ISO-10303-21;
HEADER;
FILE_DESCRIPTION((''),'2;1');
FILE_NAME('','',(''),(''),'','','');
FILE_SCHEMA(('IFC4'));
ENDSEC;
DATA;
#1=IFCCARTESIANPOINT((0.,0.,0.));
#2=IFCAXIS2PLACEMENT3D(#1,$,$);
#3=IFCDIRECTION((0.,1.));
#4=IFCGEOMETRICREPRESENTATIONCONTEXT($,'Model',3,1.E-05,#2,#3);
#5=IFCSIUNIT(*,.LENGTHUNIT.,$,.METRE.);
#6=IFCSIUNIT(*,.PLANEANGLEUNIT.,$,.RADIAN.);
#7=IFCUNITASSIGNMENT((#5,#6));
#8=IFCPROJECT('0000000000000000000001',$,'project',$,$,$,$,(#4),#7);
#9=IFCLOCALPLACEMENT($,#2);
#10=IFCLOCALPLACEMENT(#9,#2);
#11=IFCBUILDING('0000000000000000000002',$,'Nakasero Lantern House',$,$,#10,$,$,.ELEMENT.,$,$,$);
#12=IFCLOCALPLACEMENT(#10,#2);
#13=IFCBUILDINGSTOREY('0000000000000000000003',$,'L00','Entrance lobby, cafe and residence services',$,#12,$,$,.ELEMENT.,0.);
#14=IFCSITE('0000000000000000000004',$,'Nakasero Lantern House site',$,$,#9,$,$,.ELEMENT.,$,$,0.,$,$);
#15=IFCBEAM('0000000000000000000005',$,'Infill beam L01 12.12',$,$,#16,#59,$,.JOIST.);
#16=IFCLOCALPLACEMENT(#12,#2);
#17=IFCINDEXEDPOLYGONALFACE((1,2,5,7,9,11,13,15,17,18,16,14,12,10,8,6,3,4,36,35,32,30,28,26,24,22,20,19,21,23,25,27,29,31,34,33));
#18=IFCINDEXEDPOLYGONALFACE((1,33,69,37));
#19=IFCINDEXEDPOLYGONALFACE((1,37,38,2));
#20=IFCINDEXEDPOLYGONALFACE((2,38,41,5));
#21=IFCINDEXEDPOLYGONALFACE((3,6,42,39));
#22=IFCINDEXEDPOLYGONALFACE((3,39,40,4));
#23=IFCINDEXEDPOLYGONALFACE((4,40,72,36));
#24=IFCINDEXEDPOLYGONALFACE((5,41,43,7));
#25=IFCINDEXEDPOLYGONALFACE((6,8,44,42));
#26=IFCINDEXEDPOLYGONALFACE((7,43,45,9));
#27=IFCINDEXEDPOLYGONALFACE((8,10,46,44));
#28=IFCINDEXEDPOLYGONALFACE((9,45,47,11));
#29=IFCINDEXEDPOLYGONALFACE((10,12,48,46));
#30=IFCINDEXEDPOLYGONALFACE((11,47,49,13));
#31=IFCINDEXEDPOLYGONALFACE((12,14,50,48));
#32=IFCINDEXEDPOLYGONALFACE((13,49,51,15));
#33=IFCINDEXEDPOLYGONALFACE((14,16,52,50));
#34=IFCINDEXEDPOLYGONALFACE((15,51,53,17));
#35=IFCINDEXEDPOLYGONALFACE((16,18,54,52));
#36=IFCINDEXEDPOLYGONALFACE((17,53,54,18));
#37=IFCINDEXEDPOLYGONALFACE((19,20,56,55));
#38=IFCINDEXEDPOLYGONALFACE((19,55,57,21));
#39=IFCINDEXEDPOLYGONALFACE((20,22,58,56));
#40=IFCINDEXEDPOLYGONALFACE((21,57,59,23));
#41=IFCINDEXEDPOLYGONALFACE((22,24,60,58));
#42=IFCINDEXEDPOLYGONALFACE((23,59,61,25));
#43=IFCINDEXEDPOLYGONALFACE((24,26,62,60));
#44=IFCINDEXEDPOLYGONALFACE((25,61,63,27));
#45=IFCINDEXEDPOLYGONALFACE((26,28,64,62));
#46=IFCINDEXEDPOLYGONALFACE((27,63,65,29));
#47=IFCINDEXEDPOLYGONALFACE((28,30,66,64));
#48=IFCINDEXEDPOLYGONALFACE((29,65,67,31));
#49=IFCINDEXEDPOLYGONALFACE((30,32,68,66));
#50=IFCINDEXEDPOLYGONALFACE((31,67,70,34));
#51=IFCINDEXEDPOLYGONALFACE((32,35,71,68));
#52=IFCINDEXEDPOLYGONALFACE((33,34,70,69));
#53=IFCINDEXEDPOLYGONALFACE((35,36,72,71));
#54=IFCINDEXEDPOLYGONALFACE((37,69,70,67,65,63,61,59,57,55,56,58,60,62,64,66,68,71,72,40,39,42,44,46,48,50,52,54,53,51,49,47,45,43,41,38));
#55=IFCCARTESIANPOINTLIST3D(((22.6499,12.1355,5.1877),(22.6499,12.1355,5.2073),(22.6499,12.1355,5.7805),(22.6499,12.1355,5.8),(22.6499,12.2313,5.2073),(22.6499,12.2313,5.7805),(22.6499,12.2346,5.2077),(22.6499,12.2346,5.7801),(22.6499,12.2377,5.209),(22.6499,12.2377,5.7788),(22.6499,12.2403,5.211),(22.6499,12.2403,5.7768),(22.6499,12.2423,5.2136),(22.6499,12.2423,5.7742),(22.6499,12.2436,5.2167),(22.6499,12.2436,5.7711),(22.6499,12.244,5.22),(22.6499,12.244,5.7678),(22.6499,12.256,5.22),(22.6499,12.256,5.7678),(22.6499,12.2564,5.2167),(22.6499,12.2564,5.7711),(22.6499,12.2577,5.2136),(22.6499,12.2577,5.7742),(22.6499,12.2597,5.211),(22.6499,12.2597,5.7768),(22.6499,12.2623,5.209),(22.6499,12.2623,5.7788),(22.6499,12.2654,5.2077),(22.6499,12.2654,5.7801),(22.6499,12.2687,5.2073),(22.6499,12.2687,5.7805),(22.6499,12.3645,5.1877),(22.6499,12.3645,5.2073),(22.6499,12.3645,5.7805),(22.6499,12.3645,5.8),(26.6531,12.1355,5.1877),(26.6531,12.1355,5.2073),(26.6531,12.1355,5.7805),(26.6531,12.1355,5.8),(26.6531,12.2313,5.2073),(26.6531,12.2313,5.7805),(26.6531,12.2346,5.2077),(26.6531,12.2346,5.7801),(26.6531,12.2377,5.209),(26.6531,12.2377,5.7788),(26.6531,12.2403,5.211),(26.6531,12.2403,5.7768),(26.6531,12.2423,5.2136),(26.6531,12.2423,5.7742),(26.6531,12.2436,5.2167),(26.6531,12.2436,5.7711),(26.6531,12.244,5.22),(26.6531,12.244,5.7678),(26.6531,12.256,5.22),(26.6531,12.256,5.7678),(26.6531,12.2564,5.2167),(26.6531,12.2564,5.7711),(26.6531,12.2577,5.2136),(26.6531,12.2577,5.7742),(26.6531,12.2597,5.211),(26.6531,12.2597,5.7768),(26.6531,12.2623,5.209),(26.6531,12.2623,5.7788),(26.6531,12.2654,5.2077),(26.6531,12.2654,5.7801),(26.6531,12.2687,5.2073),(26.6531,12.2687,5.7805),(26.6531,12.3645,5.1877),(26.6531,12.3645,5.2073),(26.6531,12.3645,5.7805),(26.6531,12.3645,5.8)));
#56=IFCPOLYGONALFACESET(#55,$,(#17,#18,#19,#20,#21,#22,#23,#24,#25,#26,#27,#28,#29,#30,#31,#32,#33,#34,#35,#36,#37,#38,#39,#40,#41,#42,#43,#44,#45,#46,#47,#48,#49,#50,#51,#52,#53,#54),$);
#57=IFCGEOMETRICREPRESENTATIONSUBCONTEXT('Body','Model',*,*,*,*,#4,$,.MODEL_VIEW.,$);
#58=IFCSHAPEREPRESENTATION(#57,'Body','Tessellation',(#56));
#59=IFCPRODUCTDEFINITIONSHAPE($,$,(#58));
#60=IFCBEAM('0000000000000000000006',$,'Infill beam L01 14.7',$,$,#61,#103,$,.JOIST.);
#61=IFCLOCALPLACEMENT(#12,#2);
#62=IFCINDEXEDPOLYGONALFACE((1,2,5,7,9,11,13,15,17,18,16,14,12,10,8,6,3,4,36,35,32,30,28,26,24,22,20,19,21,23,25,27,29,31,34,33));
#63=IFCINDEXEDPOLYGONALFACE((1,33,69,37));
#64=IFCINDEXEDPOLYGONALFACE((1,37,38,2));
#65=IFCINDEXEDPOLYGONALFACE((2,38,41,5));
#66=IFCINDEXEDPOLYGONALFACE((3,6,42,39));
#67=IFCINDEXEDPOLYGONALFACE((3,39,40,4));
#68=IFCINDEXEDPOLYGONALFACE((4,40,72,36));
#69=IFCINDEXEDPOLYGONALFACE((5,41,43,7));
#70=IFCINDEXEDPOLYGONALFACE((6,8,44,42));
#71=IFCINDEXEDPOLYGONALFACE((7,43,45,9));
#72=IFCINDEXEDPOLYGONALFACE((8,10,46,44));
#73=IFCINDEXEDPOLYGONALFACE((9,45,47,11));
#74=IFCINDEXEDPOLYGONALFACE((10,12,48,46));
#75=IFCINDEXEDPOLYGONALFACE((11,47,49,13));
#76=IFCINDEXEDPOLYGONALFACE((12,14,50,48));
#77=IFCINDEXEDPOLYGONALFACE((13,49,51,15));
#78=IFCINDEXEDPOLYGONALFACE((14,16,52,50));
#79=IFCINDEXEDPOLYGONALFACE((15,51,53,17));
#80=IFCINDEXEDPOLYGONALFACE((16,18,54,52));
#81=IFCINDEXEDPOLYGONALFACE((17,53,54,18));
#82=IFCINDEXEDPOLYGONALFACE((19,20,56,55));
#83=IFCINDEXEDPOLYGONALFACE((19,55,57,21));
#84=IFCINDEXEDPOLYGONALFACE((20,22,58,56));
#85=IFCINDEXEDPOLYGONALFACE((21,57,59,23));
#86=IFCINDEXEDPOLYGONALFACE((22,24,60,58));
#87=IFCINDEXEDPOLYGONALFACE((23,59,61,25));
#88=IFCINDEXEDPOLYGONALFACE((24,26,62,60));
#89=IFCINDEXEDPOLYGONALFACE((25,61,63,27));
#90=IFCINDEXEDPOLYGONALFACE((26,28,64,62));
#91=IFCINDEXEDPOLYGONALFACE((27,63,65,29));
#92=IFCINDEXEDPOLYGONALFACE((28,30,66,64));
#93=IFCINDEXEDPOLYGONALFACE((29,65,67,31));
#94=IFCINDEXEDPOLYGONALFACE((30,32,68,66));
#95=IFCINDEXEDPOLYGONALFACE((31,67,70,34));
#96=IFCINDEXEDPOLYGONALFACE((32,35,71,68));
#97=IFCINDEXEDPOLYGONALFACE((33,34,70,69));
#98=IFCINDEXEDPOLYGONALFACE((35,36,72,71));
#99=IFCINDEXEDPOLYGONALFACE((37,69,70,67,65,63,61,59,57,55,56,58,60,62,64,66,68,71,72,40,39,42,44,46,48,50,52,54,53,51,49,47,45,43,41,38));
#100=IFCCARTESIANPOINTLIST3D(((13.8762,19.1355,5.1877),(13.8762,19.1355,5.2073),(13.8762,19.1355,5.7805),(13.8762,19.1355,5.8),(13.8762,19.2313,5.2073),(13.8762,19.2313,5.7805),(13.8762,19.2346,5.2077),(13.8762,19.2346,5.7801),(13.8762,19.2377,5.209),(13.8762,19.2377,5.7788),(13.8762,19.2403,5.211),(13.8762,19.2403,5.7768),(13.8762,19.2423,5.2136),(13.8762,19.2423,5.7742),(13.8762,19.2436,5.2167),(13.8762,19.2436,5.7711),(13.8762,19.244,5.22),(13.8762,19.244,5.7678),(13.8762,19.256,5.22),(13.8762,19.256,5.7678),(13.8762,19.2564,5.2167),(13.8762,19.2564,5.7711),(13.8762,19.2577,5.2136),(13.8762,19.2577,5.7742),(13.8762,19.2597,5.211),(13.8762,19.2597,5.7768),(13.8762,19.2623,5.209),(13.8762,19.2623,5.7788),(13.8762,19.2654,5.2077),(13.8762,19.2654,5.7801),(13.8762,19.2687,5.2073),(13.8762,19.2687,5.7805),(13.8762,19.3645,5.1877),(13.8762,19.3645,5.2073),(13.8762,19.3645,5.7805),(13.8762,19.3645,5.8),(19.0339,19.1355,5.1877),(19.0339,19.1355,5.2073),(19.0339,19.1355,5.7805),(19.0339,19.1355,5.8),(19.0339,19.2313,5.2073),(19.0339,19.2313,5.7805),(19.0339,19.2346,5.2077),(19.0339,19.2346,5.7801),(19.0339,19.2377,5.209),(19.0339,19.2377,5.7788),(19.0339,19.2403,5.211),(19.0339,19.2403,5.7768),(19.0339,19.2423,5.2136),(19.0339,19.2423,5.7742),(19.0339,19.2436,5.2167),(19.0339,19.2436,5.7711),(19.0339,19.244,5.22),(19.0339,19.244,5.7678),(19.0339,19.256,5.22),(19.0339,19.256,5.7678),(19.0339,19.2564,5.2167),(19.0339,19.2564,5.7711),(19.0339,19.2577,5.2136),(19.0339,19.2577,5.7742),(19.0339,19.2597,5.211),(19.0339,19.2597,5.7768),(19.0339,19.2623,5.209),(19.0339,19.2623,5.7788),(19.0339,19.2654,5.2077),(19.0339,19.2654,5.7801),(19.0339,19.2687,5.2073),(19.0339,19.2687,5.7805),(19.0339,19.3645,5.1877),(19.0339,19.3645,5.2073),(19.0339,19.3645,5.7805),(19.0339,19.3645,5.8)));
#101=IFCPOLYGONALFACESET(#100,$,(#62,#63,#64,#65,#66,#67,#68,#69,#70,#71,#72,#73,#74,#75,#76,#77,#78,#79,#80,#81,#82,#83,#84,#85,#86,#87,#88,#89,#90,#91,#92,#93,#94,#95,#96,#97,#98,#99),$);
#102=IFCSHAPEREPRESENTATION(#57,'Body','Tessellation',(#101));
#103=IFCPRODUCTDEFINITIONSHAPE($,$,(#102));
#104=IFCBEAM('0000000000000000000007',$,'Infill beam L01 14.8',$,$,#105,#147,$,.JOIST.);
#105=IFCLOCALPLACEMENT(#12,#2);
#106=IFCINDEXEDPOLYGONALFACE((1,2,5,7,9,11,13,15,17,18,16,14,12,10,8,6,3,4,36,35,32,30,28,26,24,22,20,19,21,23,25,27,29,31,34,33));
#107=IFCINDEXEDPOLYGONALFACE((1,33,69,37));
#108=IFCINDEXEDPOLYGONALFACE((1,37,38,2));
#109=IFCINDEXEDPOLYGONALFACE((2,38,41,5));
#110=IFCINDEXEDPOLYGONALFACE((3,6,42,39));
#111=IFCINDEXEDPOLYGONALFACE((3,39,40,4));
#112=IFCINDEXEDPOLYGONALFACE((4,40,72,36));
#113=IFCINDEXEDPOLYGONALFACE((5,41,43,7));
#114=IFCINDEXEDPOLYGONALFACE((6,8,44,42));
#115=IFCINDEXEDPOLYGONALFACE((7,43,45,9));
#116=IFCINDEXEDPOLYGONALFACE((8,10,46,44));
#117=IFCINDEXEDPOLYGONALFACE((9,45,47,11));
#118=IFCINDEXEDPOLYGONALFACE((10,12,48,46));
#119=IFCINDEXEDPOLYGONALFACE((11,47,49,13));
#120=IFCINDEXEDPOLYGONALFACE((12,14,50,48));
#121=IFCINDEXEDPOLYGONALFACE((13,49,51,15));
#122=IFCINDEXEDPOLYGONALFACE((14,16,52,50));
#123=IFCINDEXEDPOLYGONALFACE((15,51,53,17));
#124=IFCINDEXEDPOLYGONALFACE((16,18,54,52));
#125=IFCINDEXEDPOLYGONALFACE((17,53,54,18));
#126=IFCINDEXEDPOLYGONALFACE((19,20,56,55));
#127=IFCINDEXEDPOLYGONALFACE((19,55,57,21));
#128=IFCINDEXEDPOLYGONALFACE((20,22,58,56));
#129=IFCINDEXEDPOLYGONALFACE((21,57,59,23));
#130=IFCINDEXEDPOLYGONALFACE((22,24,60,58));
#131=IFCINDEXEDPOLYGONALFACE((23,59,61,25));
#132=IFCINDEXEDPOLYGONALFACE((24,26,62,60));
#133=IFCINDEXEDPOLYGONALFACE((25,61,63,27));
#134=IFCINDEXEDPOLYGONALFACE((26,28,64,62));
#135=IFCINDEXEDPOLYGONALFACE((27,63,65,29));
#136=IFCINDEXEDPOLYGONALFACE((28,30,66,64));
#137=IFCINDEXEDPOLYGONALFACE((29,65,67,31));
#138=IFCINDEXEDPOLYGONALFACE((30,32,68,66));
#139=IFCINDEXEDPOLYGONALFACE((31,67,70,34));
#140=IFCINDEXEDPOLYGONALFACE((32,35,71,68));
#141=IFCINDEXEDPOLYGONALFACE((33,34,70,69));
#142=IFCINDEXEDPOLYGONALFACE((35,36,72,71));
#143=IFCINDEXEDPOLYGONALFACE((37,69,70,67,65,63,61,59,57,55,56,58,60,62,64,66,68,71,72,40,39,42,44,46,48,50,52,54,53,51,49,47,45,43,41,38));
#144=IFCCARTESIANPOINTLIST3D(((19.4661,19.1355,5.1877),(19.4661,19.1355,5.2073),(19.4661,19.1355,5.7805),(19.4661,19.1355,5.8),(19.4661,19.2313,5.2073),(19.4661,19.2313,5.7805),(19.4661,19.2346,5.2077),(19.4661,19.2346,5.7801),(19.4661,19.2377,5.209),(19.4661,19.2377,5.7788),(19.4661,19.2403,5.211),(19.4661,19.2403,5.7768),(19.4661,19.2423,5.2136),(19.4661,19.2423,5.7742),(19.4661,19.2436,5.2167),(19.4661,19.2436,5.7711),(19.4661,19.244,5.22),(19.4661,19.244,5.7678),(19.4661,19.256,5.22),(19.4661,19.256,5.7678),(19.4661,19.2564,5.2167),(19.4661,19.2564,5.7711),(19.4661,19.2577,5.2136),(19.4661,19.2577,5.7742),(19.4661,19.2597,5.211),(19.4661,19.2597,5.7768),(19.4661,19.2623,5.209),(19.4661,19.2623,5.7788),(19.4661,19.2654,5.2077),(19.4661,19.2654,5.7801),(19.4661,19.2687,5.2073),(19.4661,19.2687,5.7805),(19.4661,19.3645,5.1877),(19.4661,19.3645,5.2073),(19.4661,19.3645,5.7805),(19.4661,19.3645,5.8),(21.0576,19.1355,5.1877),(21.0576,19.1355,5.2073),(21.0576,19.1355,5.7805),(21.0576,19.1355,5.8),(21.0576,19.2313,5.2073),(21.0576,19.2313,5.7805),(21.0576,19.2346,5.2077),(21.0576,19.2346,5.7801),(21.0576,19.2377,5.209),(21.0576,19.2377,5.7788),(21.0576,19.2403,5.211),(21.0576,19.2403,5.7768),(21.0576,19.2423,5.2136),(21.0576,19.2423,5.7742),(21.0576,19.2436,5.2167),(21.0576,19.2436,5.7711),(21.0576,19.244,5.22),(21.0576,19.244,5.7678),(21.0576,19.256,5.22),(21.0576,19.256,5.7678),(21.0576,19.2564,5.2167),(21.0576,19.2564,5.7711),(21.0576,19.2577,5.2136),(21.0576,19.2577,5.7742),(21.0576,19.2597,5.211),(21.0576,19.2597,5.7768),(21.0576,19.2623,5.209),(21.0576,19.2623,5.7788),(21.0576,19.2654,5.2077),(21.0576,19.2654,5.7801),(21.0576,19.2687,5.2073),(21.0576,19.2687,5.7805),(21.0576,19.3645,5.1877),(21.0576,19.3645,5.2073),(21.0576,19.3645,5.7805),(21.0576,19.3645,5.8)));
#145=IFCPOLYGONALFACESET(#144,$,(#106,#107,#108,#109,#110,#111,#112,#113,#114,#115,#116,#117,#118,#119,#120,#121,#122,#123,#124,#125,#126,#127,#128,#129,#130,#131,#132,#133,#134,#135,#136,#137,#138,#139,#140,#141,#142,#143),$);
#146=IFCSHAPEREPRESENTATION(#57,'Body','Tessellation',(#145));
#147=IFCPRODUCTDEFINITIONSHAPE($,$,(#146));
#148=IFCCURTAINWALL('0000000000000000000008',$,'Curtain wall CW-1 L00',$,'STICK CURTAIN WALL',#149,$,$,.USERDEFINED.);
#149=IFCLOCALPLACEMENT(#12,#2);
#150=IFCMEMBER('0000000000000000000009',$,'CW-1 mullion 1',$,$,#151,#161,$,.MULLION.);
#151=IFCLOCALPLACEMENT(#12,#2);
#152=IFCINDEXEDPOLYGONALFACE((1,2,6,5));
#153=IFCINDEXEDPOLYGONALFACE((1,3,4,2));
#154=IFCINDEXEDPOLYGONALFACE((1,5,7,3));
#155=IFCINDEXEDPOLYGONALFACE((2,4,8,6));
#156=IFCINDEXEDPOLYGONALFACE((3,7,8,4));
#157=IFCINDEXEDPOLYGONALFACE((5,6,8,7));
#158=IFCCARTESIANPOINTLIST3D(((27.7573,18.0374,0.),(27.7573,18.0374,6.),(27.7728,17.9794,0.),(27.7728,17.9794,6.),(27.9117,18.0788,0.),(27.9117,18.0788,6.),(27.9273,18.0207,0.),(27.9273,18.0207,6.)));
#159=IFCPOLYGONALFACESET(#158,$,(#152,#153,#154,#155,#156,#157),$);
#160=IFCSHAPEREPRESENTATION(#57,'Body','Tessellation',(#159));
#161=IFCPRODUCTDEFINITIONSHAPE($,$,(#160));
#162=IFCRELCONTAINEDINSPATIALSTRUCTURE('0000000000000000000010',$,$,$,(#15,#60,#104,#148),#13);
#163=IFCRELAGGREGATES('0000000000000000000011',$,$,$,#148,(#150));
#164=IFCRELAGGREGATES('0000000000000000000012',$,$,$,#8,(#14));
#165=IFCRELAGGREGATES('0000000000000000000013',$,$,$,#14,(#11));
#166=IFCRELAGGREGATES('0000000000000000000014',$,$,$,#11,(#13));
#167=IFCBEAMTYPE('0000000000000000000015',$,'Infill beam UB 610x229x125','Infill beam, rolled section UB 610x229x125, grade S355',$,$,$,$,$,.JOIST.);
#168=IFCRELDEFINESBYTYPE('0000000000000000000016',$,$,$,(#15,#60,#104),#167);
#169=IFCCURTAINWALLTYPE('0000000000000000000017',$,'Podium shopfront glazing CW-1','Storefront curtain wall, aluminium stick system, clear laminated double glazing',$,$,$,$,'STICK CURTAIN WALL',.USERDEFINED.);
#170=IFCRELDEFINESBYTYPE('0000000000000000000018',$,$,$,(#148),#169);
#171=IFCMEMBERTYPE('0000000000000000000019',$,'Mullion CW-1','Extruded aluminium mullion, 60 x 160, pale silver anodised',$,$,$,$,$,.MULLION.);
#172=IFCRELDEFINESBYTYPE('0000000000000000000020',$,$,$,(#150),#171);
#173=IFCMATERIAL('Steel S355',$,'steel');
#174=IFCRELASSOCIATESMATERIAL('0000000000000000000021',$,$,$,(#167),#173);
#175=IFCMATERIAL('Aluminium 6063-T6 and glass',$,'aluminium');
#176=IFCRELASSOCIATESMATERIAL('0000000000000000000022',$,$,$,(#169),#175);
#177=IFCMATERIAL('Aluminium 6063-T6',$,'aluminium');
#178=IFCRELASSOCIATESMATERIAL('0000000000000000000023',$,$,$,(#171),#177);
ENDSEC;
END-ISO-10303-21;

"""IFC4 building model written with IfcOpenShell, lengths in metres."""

from ifc_helpers import new_model, si_unit, direction, frame, origin, origin_2d, place, context, subcontext, project, spatial, rectangle, i_section, extrude, material, material_profile, profile_set, type_object, element, aggregate, save


model = new_model("IFC4")

# Units and contexts
model_context = context("Model", 3, precision=1e-05, world=origin(), true_north=direction((0.0, 1.0)))
body_context = subcontext(model_context, "Body", "Model", "MODEL_VIEW")
ifc_project = project(units=[si_unit("LENGTHUNIT", "METRE"), si_unit("PLANEANGLEUNIT", "RADIAN")], contexts=[model_context])

# Site, building, storey
site_placement = place(None, origin())
site = spatial("IfcSite", under=ifc_project, at=site_placement, Name="Nakasero Lantern House site", CompositionType="ELEMENT", RefElevation=0.0)
building_placement = place(site_placement, origin())
building = spatial("IfcBuilding", under=site, at=building_placement, Name="Nakasero Lantern House", CompositionType="ELEMENT")
storey_placement = place(building_placement, origin())
storey = spatial("IfcBuildingStorey", under=building, at=storey_placement, Name="L00", Description="Entrance lobby, cafe and residence services", CompositionType="ELEMENT", Elevation=0.0)

# Beams
ifc_material_1 = material(Name="Steel S355", Category="steel")
ifc_material_profile_1 = material_profile(ifc_material_1, i_section(OverallWidth=0.229, OverallDepth=0.6123, WebThickness=0.012, FlangeThickness=0.0195, FilletRadius=0.0127, at=origin_2d()), Name="UB 610x229x125")
ifc_profile_set_1 = profile_set([ifc_material_profile_1], Name="Steel S355")
beam_type_1 = type_object("IfcBeamType", Name="Infill beam UB 610x229x125", Description="Infill beam, rolled section UB 610x229x125, grade S355", PredefinedType="JOIST", material=ifc_profile_set_1)
beam_1_placement = place(storey_placement, frame((22.6499, 12.25, 5.4939), z_axis=(1.0, 0.0, 0.0), x_axis=(0.0, 1.0, 0.0)))
element("IfcBeam", 1, at=beam_1_placement, inside=storey, type_object=beam_type_1, Name="Infill beam L01 12.12", PredefinedType="JOIST", context=body_context, shape_type="SweptSolid", body=[
    extrude(i_section(OverallWidth=0.229, OverallDepth=0.6123, WebThickness=0.012, FlangeThickness=0.0195, FilletRadius=0.0127, at=origin_2d()), origin(), (0.0, 0.0, 1.0), 4.0032),
])
beam_2_placement = place(storey_placement, frame((13.8762, 19.25, 5.4939), z_axis=(1.0, 0.0, 0.0), x_axis=(0.0, 1.0, 0.0)))
element("IfcBeam", 2, at=beam_2_placement, inside=storey, type_object=beam_type_1, Name="Infill beam L01 14.7", PredefinedType="JOIST", context=body_context, shape_type="SweptSolid", body=[
    extrude(i_section(OverallWidth=0.229, OverallDepth=0.6123, WebThickness=0.012, FlangeThickness=0.0195, FilletRadius=0.0127, at=origin_2d()), origin(), (0.0, 0.0, 1.0), 5.1577),
])
beam_3_placement = place(storey_placement, frame((19.4661, 19.25, 5.4939), z_axis=(1.0, 0.0, 0.0), x_axis=(0.0, 1.0, 0.0)))
element("IfcBeam", 3, at=beam_3_placement, inside=storey, type_object=beam_type_1, Name="Infill beam L01 14.8", PredefinedType="JOIST", context=body_context, shape_type="SweptSolid", body=[
    extrude(i_section(OverallWidth=0.229, OverallDepth=0.6123, WebThickness=0.012, FlangeThickness=0.0195, FilletRadius=0.0127, at=origin_2d()), origin(), (0.0, 0.0, 1.0), 1.5916),
])

# Curtain wall, member
ifc_material_2 = material(Name="Aluminium 6063-T6 and glass", Category="aluminium")
curtain_wall_type = type_object("IfcCurtainWallType", Name="Podium shopfront glazing CW-1", Description="Storefront curtain wall, aluminium stick system, clear laminated double glazing", ElementType="STICK CURTAIN WALL", PredefinedType="USERDEFINED", material=ifc_material_2)
curtain_wall_placement = place(storey_placement, origin())
curtain_wall = element("IfcCurtainWall", 4, at=curtain_wall_placement, inside=storey, type_object=curtain_wall_type, Name="Curtain wall CW-1 L00", ObjectType="STICK CURTAIN WALL", PredefinedType="USERDEFINED")
ifc_material_3 = material(Name="Aluminium 6063-T6", Category="aluminium")
ifc_material_profile_2 = material_profile(ifc_material_3, rectangle(XDim=0.0601, YDim=0.1599, at=origin_2d()), Name="CW-1 mullion 60x160")
ifc_profile_set_2 = profile_set([ifc_material_profile_2], Name="Aluminium 6063-T6")
member_type_1 = type_object("IfcMemberType", Name="Mullion CW-1", Description="Extruded aluminium mullion, 60 x 160, pale silver anodised", PredefinedType="MULLION", material=ifc_profile_set_2)
member_1_placement = place(storey_placement, frame((27.8423, 18.0291, 0.0), z_axis=(0.0, 0.0, 1.0), x_axis=(-0.258819, 0.965926, 0.0)))
member_1 = element("IfcMember", 5, at=member_1_placement, type_object=member_type_1, Name="CW-1 mullion 1", PredefinedType="MULLION", context=body_context, shape_type="SweptSolid", body=[
    extrude(rectangle(XDim=0.0601, YDim=0.1599, at=origin_2d()), origin(), (0.0, 0.0, 1.0), 6.0),
])

aggregate(curtain_wall, [member_1])

save(model, "model.ifc")
